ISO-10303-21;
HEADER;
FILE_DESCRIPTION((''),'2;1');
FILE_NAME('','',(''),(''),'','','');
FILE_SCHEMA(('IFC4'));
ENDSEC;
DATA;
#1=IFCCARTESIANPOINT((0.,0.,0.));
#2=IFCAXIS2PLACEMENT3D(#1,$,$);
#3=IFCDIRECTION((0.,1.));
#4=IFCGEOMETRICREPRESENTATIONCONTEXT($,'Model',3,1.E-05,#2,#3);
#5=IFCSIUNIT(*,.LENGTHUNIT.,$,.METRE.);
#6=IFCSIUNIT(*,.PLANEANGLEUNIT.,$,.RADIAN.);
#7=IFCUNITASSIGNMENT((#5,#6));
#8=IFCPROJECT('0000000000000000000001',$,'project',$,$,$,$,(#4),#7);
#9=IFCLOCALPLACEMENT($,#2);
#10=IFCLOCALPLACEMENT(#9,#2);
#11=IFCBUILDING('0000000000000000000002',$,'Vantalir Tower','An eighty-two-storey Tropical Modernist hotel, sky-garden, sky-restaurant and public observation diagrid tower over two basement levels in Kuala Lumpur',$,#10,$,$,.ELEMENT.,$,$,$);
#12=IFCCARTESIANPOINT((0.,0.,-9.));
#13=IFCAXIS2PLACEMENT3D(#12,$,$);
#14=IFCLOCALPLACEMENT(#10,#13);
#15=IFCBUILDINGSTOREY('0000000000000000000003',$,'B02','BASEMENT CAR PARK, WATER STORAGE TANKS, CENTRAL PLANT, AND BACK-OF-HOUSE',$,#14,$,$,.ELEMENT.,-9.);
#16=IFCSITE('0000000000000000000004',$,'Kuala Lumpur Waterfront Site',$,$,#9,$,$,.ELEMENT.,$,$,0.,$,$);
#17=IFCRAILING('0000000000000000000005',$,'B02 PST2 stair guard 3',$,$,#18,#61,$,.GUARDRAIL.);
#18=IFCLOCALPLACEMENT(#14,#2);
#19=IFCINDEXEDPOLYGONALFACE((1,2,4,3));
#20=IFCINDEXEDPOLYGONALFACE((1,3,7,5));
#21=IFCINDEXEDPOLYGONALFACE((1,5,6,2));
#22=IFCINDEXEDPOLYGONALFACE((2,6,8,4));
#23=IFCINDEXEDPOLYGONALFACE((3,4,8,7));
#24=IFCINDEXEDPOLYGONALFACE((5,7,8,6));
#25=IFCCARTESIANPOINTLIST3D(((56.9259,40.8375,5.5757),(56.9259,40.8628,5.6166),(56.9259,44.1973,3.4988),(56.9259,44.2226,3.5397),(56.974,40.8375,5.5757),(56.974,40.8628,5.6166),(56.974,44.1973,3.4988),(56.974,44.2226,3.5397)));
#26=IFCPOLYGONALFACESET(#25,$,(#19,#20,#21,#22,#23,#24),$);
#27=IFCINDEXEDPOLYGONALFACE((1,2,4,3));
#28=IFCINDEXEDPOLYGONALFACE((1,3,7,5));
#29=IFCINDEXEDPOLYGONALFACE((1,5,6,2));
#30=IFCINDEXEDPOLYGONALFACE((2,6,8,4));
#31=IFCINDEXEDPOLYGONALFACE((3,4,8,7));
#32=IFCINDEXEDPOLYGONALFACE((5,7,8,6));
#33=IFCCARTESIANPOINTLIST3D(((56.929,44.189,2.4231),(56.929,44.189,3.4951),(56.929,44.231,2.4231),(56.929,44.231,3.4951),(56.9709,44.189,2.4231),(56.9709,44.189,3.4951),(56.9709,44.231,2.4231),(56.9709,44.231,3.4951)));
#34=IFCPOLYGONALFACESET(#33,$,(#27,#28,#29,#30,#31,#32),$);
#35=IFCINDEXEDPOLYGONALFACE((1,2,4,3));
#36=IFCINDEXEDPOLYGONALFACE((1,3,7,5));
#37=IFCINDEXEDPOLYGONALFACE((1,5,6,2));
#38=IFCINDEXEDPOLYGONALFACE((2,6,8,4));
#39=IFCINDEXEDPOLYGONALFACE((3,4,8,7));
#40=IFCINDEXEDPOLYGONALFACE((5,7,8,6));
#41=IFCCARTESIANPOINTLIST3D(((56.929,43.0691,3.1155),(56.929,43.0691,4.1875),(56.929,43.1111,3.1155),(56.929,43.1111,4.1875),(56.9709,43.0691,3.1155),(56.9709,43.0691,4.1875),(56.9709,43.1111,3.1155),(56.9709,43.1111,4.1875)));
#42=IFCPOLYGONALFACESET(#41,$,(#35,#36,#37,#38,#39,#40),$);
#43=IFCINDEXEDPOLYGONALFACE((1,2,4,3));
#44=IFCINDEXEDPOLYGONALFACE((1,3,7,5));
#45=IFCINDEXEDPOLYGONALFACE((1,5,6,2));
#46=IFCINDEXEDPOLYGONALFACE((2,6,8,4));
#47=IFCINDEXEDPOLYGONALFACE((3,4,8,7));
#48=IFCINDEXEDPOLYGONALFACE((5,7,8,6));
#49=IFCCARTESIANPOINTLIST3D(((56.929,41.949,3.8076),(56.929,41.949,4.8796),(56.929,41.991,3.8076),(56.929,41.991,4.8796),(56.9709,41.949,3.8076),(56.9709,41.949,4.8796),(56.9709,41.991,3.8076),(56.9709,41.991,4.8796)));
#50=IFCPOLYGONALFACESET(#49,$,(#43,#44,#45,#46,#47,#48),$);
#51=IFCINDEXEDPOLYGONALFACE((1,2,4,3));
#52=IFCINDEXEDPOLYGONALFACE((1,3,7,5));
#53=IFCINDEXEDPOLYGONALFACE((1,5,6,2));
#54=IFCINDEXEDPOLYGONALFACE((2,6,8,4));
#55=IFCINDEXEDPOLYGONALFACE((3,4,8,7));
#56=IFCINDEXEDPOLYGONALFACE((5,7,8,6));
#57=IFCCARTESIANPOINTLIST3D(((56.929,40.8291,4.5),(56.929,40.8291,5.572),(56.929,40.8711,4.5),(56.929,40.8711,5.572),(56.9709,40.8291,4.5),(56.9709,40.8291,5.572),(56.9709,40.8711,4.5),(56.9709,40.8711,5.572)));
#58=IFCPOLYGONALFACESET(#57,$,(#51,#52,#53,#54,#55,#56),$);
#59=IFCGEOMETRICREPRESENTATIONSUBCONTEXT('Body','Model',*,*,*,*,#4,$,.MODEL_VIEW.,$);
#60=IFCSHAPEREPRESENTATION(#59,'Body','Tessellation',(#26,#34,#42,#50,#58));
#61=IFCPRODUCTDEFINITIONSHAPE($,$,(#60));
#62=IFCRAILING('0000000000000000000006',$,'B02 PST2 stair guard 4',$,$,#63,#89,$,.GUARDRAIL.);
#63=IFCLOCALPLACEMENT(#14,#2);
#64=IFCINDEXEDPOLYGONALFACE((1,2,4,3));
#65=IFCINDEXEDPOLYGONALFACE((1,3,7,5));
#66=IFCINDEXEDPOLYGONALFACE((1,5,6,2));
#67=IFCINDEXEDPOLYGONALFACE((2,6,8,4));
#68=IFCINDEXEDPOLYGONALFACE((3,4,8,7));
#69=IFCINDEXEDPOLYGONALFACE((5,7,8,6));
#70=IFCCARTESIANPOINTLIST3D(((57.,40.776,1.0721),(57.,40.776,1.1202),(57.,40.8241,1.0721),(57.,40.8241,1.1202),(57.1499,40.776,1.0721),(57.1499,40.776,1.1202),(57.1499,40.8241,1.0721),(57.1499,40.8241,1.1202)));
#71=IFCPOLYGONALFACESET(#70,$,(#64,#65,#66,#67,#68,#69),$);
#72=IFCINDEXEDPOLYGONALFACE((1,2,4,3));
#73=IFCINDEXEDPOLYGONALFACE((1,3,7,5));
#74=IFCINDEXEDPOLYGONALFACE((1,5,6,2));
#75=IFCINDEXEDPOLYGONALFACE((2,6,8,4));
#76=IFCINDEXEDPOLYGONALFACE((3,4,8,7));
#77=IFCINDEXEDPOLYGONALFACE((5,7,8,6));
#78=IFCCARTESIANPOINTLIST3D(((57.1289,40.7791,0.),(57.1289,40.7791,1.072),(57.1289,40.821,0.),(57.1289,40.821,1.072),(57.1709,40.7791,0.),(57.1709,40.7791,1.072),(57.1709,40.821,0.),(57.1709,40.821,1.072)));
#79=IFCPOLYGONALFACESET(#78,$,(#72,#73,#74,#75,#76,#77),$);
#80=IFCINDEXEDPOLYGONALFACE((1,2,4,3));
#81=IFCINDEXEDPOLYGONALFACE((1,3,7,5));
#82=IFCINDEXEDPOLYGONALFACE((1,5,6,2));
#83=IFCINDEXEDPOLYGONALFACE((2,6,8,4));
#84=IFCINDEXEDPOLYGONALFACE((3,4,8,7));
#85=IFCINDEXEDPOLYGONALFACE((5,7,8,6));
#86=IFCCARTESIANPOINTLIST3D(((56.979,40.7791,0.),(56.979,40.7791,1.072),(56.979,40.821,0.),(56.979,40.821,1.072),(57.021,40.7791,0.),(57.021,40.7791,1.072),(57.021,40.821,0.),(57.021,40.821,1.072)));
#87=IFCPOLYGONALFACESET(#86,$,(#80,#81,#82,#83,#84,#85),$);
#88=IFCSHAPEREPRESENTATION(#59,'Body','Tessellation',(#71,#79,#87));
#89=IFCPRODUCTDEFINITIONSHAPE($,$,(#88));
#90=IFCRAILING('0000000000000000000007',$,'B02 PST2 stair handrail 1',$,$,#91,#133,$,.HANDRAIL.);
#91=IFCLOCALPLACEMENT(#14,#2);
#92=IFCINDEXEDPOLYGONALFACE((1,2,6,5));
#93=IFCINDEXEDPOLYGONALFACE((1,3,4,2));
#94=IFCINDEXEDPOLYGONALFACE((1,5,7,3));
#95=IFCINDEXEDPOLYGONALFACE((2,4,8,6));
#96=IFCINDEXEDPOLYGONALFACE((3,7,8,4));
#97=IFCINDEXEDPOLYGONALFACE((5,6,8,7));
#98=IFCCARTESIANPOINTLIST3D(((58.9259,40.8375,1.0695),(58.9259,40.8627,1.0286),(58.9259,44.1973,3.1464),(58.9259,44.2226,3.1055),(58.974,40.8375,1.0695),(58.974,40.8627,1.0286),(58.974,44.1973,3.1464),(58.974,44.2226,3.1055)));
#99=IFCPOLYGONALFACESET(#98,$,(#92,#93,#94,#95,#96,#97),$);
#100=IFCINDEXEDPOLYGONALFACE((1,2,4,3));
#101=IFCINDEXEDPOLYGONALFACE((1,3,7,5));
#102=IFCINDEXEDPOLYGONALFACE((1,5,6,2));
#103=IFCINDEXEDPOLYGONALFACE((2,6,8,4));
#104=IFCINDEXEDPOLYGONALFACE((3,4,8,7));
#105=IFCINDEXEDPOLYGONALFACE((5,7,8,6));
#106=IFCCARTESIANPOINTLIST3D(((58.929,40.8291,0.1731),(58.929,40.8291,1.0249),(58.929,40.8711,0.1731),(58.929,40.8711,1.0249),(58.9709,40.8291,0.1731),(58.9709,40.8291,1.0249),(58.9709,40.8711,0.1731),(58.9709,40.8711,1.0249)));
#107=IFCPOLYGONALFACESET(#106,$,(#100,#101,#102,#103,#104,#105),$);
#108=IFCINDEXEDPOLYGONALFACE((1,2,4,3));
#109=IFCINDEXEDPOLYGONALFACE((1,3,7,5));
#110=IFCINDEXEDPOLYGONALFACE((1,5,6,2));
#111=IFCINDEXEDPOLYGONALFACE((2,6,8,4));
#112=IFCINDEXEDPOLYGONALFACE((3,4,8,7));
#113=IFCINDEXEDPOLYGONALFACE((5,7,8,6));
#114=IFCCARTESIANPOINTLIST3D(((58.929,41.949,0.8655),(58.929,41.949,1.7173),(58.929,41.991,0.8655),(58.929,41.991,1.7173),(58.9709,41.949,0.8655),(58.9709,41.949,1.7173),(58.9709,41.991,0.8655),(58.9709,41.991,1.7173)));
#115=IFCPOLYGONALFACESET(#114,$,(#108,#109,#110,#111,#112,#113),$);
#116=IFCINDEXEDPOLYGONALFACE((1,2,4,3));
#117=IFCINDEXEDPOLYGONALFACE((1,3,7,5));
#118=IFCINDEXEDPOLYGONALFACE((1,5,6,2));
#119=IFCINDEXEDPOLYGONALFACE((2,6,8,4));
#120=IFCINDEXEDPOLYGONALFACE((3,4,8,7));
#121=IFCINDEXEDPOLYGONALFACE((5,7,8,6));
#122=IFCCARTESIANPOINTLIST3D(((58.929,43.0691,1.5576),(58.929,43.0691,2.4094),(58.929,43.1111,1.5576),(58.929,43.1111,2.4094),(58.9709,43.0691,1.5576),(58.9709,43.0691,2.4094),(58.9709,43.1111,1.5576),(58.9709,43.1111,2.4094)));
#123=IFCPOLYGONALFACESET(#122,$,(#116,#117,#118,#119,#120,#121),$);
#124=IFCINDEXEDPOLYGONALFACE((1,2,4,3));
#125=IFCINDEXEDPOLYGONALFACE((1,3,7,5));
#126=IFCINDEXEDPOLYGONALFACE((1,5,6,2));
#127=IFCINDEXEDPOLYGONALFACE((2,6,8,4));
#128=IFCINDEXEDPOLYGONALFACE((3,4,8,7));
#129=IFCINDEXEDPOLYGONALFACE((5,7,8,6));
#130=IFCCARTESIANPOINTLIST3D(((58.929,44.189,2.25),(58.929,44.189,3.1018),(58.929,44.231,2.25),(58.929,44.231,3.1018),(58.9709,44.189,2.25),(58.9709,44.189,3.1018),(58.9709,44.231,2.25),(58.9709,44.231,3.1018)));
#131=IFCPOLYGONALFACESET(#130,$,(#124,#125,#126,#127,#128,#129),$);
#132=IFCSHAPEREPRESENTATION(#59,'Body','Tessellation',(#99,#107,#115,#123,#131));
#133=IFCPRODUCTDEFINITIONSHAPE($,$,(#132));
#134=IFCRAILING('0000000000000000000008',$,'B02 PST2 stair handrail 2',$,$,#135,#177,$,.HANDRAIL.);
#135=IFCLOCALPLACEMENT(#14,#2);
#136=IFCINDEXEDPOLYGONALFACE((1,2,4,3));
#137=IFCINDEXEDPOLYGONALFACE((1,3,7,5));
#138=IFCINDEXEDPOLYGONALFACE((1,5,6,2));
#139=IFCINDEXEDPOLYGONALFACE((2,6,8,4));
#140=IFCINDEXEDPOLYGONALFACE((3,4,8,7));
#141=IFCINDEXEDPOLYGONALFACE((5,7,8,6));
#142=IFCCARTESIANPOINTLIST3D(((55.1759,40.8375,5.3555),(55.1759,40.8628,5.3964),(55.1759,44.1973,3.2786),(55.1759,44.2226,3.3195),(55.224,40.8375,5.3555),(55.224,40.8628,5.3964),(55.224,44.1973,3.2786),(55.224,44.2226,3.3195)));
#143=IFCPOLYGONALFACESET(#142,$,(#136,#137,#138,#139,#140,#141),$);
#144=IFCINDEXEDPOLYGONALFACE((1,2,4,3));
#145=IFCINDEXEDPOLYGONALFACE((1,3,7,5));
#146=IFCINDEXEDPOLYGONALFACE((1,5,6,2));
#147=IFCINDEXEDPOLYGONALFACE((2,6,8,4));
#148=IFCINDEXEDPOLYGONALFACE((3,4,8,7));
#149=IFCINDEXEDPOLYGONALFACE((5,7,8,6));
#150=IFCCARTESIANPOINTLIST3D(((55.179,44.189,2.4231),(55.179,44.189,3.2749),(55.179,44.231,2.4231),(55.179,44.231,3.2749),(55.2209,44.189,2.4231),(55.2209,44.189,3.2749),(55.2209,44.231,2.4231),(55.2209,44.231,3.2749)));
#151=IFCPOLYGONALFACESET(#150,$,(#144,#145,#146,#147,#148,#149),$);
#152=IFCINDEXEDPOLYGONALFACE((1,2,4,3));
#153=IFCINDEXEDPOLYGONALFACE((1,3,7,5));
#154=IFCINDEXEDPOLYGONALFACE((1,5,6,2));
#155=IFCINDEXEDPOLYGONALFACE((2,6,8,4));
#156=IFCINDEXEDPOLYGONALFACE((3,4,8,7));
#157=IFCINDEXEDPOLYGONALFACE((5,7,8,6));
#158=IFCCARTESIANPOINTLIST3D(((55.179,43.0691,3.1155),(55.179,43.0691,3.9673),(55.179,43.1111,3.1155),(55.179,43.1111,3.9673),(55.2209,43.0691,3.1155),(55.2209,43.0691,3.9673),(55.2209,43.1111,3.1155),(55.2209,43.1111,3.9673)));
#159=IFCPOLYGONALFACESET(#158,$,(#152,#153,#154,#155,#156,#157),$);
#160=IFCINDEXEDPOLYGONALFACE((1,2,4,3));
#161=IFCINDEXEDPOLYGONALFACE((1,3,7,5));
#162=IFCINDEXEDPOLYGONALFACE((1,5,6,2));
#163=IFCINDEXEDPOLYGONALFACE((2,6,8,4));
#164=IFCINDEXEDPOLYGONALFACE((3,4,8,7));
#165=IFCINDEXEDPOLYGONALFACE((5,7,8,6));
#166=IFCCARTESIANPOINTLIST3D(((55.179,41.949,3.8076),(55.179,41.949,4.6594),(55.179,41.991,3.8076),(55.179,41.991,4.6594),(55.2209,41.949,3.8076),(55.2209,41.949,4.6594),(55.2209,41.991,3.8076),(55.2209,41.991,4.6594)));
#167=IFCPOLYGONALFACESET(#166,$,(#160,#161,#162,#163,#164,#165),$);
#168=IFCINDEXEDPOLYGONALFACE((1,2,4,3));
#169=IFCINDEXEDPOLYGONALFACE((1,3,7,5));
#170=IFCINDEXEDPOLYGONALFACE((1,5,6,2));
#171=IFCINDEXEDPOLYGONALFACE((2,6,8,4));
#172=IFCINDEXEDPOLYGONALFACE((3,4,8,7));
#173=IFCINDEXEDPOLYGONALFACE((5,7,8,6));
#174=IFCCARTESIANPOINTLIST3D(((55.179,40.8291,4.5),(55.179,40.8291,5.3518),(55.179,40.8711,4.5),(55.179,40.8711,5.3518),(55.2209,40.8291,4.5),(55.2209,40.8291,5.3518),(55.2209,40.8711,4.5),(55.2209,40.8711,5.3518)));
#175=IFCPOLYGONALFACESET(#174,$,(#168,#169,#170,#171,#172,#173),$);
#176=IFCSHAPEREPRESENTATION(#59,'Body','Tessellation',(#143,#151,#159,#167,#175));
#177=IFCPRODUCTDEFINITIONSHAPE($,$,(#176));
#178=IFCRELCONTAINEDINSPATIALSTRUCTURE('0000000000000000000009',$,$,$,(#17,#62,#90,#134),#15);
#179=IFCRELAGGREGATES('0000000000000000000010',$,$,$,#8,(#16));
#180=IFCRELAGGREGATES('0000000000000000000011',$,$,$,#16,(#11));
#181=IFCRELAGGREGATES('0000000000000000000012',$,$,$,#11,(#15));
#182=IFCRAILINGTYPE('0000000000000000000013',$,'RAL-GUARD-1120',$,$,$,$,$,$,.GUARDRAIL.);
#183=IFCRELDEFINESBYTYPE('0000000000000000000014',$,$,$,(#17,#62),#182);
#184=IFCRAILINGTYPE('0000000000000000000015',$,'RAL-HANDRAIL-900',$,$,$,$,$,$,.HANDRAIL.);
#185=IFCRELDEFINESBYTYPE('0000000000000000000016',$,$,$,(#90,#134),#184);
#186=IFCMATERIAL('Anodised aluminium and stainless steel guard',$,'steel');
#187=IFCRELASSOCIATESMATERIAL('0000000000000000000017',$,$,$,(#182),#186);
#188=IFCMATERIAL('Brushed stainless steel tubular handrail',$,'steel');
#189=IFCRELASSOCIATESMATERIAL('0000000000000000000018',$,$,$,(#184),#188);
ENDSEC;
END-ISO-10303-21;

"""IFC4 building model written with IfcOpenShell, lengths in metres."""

from ifc_helpers import new_model, si_unit, direction, frame, origin, origin_2d, place, context, subcontext, project, spatial, rectangle, extrude, material, type_object, element, save


model = new_model("IFC4")

# Units and contexts
model_context = context("Model", 3, precision=1e-05, world=origin(), true_north=direction((0.0, 1.0)))
body_context = subcontext(model_context, "Body", "Model", "MODEL_VIEW")
ifc_project = project(units=[si_unit("LENGTHUNIT", "METRE"), si_unit("PLANEANGLEUNIT", "RADIAN")], contexts=[model_context])

# Site, building, storey
site_placement = place(None, origin())
site = spatial("IfcSite", under=ifc_project, at=site_placement, Name="Kuala Lumpur Waterfront Site", CompositionType="ELEMENT", RefElevation=0.0)
building_placement = place(site_placement, origin())
building = spatial("IfcBuilding", under=site, at=building_placement, Name="Vantalir Tower", Description="An eighty-two-storey Tropical Modernist hotel, sky-garden, sky-restaurant and public observation diagrid tower over two basement levels in Kuala Lumpur", CompositionType="ELEMENT")
storey_placement = place(building_placement, frame((0.0, 0.0, -9.0)))
storey = spatial("IfcBuildingStorey", under=building, at=storey_placement, Name="B02", Description="BASEMENT CAR PARK, WATER STORAGE TANKS, CENTRAL PLANT, AND BACK-OF-HOUSE", CompositionType="ELEMENT", Elevation=-9.0)

# Railings
ifc_material_1 = material(Name="Anodised aluminium and stainless steel guard", Category="steel")
railing_type_1 = type_object("IfcRailingType", Name="RAL-GUARD-1120", PredefinedType="GUARDRAIL", material=ifc_material_1)
railing_1_placement = place(storey_placement, frame((56.95, 44.21, 2.4231)))
element("IfcRailing", 1, at=railing_1_placement, inside=storey, type_object=railing_type_1, Name="B02 PST2 stair guard 3", PredefinedType="GUARDRAIL", context=body_context, shape_type="SweptSolid", body=[
    extrude(rectangle(XDim=0.0481, YDim=0.0481, at=origin_2d()), frame((0.0, 0.0, 1.0962), z_axis=(0.0, -0.850606, 0.525803), x_axis=(1.0, 0.0, 0.0)), (0.0, 0.0, 1.0), 3.95),
    extrude(rectangle(XDim=0.042, YDim=0.042, at=origin_2d()), origin(), (0.0, 0.0, 1.0), 1.072),
    extrude(rectangle(XDim=0.042, YDim=0.042, at=origin_2d()), frame((0.0, -1.1199, 0.6924)), (0.0, 0.0, 1.0), 1.072),
    extrude(rectangle(XDim=0.042, YDim=0.042, at=origin_2d()), frame((0.0, -2.24, 1.3845)), (0.0, 0.0, 1.0), 1.072),
    extrude(rectangle(XDim=0.042, YDim=0.042, at=origin_2d()), frame((0.0, -3.3599, 2.0769)), (0.0, 0.0, 1.0), 1.072),
])
railing_2_placement = place(storey_placement, frame((57.1499, 40.8, 0.0)))
element("IfcRailing", 2, at=railing_2_placement, inside=storey, type_object=railing_type_1, Name="B02 PST2 stair guard 4", PredefinedType="GUARDRAIL", context=body_context, shape_type="SweptSolid", body=[
    extrude(rectangle(XDim=0.0481, YDim=0.0481, at=origin_2d()), frame((0.0, 0.0, 1.0962), z_axis=(-1.0, 0.0, 0.0), x_axis=(0.0, -1.0, 0.0)), (0.0, 0.0, 1.0), 0.1499),
    extrude(rectangle(XDim=0.042, YDim=0.042, at=origin_2d()), origin(), (0.0, 0.0, 1.0), 1.072),
    extrude(rectangle(XDim=0.042, YDim=0.042, at=origin_2d()), frame((-0.1499, 0.0, 0.0)), (0.0, 0.0, 1.0), 1.072),
])
ifc_material_2 = material(Name="Brushed stainless steel tubular handrail", Category="steel")
railing_type_2 = type_object("IfcRailingType", Name="RAL-HANDRAIL-900", PredefinedType="HANDRAIL", material=ifc_material_2)
railing_3_placement = place(storey_placement, frame((58.95, 40.8501, 0.1731)))
element("IfcRailing", 3, at=railing_3_placement, inside=storey, type_object=railing_type_2, Name="B02 PST2 stair handrail 1", PredefinedType="HANDRAIL", context=body_context, shape_type="SweptSolid", body=[
    extrude(rectangle(XDim=0.0481, YDim=0.0481, at=origin_2d()), frame((0.0, 0.0, 0.876), z_axis=(0.0, 0.850606, 0.525803), x_axis=(-1.0, 0.0, 0.0)), (0.0, 0.0, 1.0), 3.95),
    extrude(rectangle(XDim=0.042, YDim=0.042, at=origin_2d()), origin(), (0.0, 0.0, 1.0), 0.8518),
    extrude(rectangle(XDim=0.042, YDim=0.042, at=origin_2d()), frame((0.0, 1.1199, 0.6924)), (0.0, 0.0, 1.0), 0.8518),
    extrude(rectangle(XDim=0.042, YDim=0.042, at=origin_2d()), frame((0.0, 2.24, 1.3845)), (0.0, 0.0, 1.0), 0.8518),
    extrude(rectangle(XDim=0.042, YDim=0.042, at=origin_2d()), frame((0.0, 3.3599, 2.0769)), (0.0, 0.0, 1.0), 0.8518),
])
railing_4_placement = place(storey_placement, frame((55.2, 44.21, 2.4231)))
element("IfcRailing", 4, at=railing_4_placement, inside=storey, type_object=railing_type_2, Name="B02 PST2 stair handrail 2", PredefinedType="HANDRAIL", context=body_context, shape_type="SweptSolid", body=[
    extrude(rectangle(XDim=0.0481, YDim=0.0481, at=origin_2d()), frame((0.0, 0.0, 0.876), z_axis=(0.0, -0.850606, 0.525803), x_axis=(1.0, 0.0, 0.0)), (0.0, 0.0, 1.0), 3.95),
    extrude(rectangle(XDim=0.042, YDim=0.042, at=origin_2d()), origin(), (0.0, 0.0, 1.0), 0.8518),
    extrude(rectangle(XDim=0.042, YDim=0.042, at=origin_2d()), frame((0.0, -1.1199, 0.6924)), (0.0, 0.0, 1.0), 0.8518),
    extrude(rectangle(XDim=0.042, YDim=0.042, at=origin_2d()), frame((0.0, -2.24, 1.3845)), (0.0, 0.0, 1.0), 0.8518),
    extrude(rectangle(XDim=0.042, YDim=0.042, at=origin_2d()), frame((0.0, -3.3599, 2.0769)), (0.0, 0.0, 1.0), 0.8518),
])

save(model, "model.ifc")
